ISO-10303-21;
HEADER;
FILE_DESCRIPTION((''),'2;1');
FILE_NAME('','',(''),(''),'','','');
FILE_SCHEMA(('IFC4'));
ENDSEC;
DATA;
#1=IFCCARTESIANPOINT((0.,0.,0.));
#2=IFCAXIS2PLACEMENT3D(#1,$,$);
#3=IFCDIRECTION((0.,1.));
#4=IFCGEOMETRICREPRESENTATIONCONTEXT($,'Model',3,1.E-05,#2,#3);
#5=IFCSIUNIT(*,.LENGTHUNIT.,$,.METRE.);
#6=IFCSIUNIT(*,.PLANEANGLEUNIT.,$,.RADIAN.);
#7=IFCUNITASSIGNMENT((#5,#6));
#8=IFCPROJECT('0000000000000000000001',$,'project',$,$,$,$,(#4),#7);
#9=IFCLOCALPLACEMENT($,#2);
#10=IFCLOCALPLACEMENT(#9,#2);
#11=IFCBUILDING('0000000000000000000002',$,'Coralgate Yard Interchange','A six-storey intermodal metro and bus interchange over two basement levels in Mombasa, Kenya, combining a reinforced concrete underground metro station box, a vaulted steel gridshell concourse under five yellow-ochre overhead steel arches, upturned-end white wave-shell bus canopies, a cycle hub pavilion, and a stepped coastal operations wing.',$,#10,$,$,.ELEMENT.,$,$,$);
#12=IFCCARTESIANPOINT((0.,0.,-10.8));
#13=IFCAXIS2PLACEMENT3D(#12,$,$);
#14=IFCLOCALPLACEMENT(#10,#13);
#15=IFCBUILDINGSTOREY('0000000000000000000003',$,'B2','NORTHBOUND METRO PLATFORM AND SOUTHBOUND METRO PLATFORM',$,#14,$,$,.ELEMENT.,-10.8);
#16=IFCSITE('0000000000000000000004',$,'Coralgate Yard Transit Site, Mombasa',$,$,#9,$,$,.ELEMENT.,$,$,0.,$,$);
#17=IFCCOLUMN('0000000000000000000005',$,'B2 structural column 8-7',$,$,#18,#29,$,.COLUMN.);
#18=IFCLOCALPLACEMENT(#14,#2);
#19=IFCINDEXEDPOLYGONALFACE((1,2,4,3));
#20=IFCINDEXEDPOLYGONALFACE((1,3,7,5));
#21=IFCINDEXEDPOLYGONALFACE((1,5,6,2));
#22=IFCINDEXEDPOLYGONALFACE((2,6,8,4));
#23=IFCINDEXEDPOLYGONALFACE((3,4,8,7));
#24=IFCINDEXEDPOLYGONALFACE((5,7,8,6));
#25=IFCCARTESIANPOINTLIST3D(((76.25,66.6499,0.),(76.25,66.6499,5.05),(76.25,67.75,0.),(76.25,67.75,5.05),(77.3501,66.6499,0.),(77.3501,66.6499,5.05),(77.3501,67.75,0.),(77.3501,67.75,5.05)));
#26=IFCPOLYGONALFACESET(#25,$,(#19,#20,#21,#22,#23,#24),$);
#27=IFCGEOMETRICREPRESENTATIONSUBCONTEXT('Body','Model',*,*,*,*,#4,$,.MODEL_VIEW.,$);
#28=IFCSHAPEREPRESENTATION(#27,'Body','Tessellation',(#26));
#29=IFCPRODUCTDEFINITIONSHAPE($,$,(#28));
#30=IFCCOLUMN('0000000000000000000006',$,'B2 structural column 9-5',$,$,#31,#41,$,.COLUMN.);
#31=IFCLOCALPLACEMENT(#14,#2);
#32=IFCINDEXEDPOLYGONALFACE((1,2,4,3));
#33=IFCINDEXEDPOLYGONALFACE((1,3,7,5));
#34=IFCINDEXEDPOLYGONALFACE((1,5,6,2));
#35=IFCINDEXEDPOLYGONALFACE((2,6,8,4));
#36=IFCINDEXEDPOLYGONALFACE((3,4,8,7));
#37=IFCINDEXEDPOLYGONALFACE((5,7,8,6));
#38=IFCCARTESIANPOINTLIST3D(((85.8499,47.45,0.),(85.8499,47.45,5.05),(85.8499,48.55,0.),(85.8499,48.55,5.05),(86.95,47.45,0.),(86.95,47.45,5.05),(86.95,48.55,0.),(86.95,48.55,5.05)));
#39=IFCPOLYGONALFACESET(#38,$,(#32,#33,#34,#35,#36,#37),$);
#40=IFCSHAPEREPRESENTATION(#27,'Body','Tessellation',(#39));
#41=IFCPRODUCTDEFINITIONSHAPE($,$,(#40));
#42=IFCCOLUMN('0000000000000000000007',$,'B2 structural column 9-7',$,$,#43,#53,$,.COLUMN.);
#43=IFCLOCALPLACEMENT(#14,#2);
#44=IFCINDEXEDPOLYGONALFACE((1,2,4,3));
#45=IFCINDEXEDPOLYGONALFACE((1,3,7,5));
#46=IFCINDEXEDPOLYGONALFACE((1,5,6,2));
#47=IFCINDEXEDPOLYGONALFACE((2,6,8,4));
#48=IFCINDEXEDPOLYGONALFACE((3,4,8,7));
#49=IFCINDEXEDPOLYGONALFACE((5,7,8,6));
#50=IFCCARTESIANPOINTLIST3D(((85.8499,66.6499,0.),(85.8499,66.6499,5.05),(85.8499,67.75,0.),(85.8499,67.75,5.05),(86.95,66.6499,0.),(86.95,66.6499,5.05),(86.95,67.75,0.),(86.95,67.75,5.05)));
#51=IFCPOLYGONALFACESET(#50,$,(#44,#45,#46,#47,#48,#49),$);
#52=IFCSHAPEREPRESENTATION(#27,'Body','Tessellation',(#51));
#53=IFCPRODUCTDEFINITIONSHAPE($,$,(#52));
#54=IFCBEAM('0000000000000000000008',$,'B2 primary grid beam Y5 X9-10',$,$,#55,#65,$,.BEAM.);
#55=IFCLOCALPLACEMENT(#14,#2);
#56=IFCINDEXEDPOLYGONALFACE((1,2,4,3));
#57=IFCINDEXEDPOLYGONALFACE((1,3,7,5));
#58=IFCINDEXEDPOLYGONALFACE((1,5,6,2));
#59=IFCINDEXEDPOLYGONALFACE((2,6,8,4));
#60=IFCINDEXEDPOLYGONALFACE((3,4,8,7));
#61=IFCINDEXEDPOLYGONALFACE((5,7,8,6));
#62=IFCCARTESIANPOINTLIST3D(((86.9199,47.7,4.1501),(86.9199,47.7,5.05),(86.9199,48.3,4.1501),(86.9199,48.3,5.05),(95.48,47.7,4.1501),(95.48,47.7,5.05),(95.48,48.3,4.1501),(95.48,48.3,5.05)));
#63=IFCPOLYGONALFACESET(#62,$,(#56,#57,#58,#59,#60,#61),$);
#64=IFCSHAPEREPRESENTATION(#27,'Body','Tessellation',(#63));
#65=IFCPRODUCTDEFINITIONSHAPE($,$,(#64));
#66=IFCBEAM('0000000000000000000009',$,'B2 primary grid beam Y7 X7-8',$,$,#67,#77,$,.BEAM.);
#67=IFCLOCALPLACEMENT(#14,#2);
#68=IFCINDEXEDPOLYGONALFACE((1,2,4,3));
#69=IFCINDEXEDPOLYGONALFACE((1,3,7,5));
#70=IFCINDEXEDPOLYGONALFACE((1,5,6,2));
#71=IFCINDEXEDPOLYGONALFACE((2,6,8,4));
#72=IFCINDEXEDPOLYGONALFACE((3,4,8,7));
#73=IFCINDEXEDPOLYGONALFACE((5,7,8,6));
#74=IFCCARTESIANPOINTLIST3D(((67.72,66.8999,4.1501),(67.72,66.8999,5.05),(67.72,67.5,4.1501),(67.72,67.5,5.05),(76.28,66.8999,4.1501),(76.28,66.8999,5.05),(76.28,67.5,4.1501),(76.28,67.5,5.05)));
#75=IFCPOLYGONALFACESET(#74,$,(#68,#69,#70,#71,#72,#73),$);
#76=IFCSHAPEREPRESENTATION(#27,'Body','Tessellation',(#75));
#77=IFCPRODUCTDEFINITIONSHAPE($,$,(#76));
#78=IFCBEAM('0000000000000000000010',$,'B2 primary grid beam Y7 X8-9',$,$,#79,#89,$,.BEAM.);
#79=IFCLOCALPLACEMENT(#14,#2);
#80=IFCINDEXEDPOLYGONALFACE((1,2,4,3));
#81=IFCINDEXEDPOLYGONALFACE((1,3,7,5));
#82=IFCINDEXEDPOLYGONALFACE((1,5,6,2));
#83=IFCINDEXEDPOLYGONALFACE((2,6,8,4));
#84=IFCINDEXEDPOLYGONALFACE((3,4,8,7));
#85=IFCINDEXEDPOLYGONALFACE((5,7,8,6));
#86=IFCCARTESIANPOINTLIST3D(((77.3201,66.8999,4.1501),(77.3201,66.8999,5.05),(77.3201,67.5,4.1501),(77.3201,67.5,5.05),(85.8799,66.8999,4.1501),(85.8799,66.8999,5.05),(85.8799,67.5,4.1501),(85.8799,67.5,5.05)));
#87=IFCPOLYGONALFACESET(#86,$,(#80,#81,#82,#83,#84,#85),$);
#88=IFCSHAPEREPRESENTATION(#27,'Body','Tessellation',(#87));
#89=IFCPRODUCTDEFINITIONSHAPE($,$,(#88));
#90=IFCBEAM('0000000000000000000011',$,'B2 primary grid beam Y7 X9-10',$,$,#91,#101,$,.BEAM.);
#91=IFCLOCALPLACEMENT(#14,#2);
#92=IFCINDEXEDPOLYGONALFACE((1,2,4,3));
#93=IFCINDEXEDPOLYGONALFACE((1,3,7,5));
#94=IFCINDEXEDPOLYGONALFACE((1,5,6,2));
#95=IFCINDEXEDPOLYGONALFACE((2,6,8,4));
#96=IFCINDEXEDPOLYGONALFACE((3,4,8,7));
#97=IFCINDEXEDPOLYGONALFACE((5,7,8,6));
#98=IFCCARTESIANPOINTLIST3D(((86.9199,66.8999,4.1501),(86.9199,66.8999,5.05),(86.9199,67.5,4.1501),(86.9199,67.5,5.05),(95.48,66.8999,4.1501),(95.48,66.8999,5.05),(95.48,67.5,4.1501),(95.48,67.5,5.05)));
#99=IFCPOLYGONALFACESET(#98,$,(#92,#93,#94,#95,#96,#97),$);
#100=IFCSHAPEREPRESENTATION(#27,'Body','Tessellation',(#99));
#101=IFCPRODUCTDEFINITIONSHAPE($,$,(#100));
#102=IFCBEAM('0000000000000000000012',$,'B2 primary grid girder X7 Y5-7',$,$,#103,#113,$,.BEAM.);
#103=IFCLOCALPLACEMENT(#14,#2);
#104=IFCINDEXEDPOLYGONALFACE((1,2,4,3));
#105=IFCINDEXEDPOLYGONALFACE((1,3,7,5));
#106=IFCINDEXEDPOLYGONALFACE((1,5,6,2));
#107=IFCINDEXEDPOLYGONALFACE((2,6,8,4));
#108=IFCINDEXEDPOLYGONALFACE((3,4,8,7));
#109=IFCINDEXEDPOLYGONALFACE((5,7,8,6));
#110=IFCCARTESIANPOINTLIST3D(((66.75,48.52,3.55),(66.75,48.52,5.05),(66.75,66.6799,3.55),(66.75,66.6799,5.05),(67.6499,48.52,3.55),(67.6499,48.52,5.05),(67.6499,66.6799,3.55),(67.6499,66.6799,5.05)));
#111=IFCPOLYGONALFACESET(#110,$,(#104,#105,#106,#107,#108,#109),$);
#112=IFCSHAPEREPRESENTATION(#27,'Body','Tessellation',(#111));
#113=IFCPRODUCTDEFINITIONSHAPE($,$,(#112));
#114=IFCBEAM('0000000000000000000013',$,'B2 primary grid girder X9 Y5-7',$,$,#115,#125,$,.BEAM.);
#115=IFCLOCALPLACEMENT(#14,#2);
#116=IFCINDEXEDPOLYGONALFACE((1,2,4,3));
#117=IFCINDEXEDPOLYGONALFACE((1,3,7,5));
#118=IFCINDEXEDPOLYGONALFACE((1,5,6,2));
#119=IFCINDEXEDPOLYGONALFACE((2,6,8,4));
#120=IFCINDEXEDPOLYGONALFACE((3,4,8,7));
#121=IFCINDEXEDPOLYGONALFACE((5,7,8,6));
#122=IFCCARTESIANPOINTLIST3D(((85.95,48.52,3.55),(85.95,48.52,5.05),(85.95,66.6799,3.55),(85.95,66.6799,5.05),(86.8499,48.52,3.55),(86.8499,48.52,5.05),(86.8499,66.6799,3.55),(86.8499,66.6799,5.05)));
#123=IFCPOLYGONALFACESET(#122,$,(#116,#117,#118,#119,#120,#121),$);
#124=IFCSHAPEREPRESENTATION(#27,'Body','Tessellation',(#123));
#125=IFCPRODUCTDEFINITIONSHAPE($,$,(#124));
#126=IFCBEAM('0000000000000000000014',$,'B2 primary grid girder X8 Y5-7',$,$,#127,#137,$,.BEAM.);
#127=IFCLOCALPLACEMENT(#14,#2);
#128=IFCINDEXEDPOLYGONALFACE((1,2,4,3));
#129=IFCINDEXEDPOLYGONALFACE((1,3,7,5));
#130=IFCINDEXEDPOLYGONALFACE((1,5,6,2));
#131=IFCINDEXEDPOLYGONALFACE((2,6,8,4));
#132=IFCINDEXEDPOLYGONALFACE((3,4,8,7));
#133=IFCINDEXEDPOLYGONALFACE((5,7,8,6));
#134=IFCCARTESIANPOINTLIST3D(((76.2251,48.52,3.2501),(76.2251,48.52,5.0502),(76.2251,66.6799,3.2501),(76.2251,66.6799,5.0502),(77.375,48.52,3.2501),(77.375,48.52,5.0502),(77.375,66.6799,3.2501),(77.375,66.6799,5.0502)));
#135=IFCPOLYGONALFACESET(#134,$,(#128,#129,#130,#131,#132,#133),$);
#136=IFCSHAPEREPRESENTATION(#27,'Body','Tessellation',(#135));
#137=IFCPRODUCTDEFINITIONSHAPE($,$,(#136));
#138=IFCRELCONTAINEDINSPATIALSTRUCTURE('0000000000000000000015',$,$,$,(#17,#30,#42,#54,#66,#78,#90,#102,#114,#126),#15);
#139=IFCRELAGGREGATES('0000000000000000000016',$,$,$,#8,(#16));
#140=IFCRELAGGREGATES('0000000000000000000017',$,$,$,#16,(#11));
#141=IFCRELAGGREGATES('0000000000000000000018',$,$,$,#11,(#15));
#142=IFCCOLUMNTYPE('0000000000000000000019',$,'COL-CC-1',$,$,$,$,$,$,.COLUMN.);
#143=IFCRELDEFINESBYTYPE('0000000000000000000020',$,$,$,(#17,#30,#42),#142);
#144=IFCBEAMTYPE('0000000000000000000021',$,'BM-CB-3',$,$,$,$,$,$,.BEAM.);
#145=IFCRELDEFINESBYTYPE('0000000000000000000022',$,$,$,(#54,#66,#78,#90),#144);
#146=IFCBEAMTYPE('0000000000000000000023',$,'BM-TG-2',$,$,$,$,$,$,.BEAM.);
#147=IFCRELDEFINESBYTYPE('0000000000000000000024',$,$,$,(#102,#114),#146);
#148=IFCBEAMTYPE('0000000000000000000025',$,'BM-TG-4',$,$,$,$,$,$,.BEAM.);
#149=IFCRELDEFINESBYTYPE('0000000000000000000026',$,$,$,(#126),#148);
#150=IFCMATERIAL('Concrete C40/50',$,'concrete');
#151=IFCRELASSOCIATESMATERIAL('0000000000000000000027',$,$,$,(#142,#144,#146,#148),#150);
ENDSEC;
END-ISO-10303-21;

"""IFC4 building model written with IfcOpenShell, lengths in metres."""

from ifc_helpers import new_model, si_unit, direction, frame, origin, origin_2d, place, context, subcontext, project, spatial, rectangle, extrude, material, material_profile, profile_set, type_object, element, save


model = new_model("IFC4")

# Units and contexts
model_context = context("Model", 3, precision=1e-05, world=origin(), true_north=direction((0.0, 1.0)))
body_context = subcontext(model_context, "Body", "Model", "MODEL_VIEW")
ifc_project = project(units=[si_unit("LENGTHUNIT", "METRE"), si_unit("PLANEANGLEUNIT", "RADIAN")], contexts=[model_context])

# Site, building, storey
site_placement = place(None, origin())
site = spatial("IfcSite", under=ifc_project, at=site_placement, Name="Coralgate Yard Transit Site, Mombasa", CompositionType="ELEMENT", RefElevation=0.0)
building_placement = place(site_placement, origin())
building = spatial("IfcBuilding", under=site, at=building_placement, Name="Coralgate Yard Interchange", Description="A six-storey intermodal metro and bus interchange over two basement levels in Mombasa, Kenya, combining a reinforced concrete underground metro station box, a vaulted steel gridshell concourse under five yellow-ochre overhead steel arches, upturned-end white wave-shell bus canopies, a cycle hub pavilion, and a stepped coastal operations wing.", CompositionType="ELEMENT")
storey_placement = place(building_placement, frame((0.0, 0.0, -10.8)))
storey = spatial("IfcBuildingStorey", under=building, at=storey_placement, Name="B2", Description="NORTHBOUND METRO PLATFORM AND SOUTHBOUND METRO PLATFORM", CompositionType="ELEMENT", Elevation=-10.8)

# Shared definitions
ifc_material_1 = material(Name="Concrete C40/50", Category="concrete")

# Columns
ifc_material_profile_1 = material_profile(ifc_material_1, rectangle(XDim=1.1001, YDim=1.1001, at=origin_2d()), Name="RC 1100x1100")
ifc_profile_set_1 = profile_set([ifc_material_profile_1], Name="Concrete C40/50")
column_type = type_object("IfcColumnType", Name="COL-CC-1", PredefinedType="COLUMN", material=ifc_profile_set_1)
for number, where, z_axis, x_axis, name in (
    (1, (76.8, 67.2, 0.0), (0.0, 0.0, 1.0), (1.0, 0.0, 0.0), "B2 structural column 8-7"),
    (2, (86.3999, 48.0, 0.0), (0.0, 0.0, 1.0), (1.0, 0.0, 0.0), "B2 structural column 9-5"),
    (3, (86.3999, 67.2, 0.0), (0.0, 0.0, 1.0), (1.0, 0.0, 0.0), "B2 structural column 9-7"),
):
    element("IfcColumn", number, at=place(storey_placement, frame(where, z_axis=z_axis, x_axis=x_axis)), inside=storey, type_object=column_type, Name=name, PredefinedType="COLUMN", context=body_context, shape_type="SweptSolid", body=[
        extrude(rectangle(XDim=1.1001, YDim=1.1001, at=origin_2d()), origin(), (0.0, 0.0, 1.0), 5.05),
    ])

# Beams
ifc_material_profile_2 = material_profile(ifc_material_1, rectangle(XDim=0.6001, YDim=0.8999, at=origin_2d()), Name="RC 600x900")
ifc_profile_set_2 = profile_set([ifc_material_profile_2], Name="Concrete C40/50")
beam_type_1 = type_object("IfcBeamType", Name="BM-CB-3", PredefinedType="BEAM", material=ifc_profile_set_2)
for number, where, z_axis, x_axis, name in (
    (4, (86.9199, 48.0, 4.6001), (1.0, 0.0, 0.0), (0.0, 1.0, 0.0), "B2 primary grid beam Y5 X9-10"),
    (5, (67.72, 67.2, 4.6001), (1.0, 0.0, 0.0), (0.0, 1.0, 0.0), "B2 primary grid beam Y7 X7-8"),
):
    element("IfcBeam", number, at=place(storey_placement, frame(where, z_axis=z_axis, x_axis=x_axis)), inside=storey, type_object=beam_type_1, Name=name, PredefinedType="BEAM", context=body_context, shape_type="SweptSolid", body=[
        extrude(rectangle(XDim=0.6001, YDim=0.8999, at=origin_2d()), origin(), (0.0, 0.0, 1.0), 8.5601),
    ])
beam_1_placement = place(storey_placement, frame((77.3201, 67.2, 4.6001), z_axis=(1.0, 0.0, 0.0), x_axis=(0.0, 1.0, 0.0)))
element("IfcBeam", 6, at=beam_1_placement, inside=storey, type_object=beam_type_1, Name="B2 primary grid beam Y7 X8-9", PredefinedType="BEAM", context=body_context, shape_type="SweptSolid", body=[
    extrude(rectangle(XDim=0.6001, YDim=0.8999, at=origin_2d()), origin(), (0.0, 0.0, 1.0), 8.5598),
])
beam_2_placement = place(storey_placement, frame((86.9199, 67.2, 4.6001), z_axis=(1.0, 0.0, 0.0), x_axis=(0.0, 1.0, 0.0)))
element("IfcBeam", 7, at=beam_2_placement, inside=storey, type_object=beam_type_1, Name="B2 primary grid beam Y7 X9-10", PredefinedType="BEAM", context=body_context, shape_type="SweptSolid", body=[
    extrude(rectangle(XDim=0.6001, YDim=0.8999, at=origin_2d()), origin(), (0.0, 0.0, 1.0), 8.5601),
])
ifc_material_profile_3 = material_profile(ifc_material_1, rectangle(XDim=0.8999, YDim=1.5, at=origin_2d()), Name="RC 900x1500")
ifc_profile_set_3 = profile_set([ifc_material_profile_3], Name="Concrete C40/50")
beam_type_2 = type_object("IfcBeamType", Name="BM-TG-2", PredefinedType="BEAM", material=ifc_profile_set_3)
for number, where, z_axis, x_axis, name in (
    (8, (67.2, 48.52, 4.3), (0.0, 1.0, 0.0), (-1.0, 0.0, 0.0), "B2 primary grid girder X7 Y5-7"),
    (9, (86.3999, 48.52, 4.3), (0.0, 1.0, 0.0), (-1.0, 0.0, 0.0), "B2 primary grid girder X9 Y5-7"),
):
    element("IfcBeam", number, at=place(storey_placement, frame(where, z_axis=z_axis, x_axis=x_axis)), inside=storey, type_object=beam_type_2, Name=name, PredefinedType="BEAM", context=body_context, shape_type="SweptSolid", body=[
        extrude(rectangle(XDim=0.8999, YDim=1.5, at=origin_2d()), origin(), (0.0, 0.0, 1.0), 18.1599),
    ])
ifc_material_profile_4 = material_profile(ifc_material_1, rectangle(XDim=1.1499, YDim=1.8, at=origin_2d()), Name="RC 1150x1800")
ifc_profile_set_4 = profile_set([ifc_material_profile_4], Name="Concrete C40/50")
beam_type_3 = type_object("IfcBeamType", Name="BM-TG-4", PredefinedType="BEAM", material=ifc_profile_set_4)
beam_3_placement = place(storey_placement, frame((76.8, 48.52, 4.1501), z_axis=(0.0, 1.0, 0.0), x_axis=(-1.0, 0.0, 0.0)))
element("IfcBeam", 10, at=beam_3_placement, inside=storey, type_object=beam_type_3, Name="B2 primary grid girder X8 Y5-7", PredefinedType="BEAM", context=body_context, shape_type="SweptSolid", body=[
    extrude(rectangle(XDim=1.1499, YDim=1.8, at=origin_2d()), origin(), (0.0, 0.0, 1.0), 18.1599),
])

save(model, "model.ifc")
